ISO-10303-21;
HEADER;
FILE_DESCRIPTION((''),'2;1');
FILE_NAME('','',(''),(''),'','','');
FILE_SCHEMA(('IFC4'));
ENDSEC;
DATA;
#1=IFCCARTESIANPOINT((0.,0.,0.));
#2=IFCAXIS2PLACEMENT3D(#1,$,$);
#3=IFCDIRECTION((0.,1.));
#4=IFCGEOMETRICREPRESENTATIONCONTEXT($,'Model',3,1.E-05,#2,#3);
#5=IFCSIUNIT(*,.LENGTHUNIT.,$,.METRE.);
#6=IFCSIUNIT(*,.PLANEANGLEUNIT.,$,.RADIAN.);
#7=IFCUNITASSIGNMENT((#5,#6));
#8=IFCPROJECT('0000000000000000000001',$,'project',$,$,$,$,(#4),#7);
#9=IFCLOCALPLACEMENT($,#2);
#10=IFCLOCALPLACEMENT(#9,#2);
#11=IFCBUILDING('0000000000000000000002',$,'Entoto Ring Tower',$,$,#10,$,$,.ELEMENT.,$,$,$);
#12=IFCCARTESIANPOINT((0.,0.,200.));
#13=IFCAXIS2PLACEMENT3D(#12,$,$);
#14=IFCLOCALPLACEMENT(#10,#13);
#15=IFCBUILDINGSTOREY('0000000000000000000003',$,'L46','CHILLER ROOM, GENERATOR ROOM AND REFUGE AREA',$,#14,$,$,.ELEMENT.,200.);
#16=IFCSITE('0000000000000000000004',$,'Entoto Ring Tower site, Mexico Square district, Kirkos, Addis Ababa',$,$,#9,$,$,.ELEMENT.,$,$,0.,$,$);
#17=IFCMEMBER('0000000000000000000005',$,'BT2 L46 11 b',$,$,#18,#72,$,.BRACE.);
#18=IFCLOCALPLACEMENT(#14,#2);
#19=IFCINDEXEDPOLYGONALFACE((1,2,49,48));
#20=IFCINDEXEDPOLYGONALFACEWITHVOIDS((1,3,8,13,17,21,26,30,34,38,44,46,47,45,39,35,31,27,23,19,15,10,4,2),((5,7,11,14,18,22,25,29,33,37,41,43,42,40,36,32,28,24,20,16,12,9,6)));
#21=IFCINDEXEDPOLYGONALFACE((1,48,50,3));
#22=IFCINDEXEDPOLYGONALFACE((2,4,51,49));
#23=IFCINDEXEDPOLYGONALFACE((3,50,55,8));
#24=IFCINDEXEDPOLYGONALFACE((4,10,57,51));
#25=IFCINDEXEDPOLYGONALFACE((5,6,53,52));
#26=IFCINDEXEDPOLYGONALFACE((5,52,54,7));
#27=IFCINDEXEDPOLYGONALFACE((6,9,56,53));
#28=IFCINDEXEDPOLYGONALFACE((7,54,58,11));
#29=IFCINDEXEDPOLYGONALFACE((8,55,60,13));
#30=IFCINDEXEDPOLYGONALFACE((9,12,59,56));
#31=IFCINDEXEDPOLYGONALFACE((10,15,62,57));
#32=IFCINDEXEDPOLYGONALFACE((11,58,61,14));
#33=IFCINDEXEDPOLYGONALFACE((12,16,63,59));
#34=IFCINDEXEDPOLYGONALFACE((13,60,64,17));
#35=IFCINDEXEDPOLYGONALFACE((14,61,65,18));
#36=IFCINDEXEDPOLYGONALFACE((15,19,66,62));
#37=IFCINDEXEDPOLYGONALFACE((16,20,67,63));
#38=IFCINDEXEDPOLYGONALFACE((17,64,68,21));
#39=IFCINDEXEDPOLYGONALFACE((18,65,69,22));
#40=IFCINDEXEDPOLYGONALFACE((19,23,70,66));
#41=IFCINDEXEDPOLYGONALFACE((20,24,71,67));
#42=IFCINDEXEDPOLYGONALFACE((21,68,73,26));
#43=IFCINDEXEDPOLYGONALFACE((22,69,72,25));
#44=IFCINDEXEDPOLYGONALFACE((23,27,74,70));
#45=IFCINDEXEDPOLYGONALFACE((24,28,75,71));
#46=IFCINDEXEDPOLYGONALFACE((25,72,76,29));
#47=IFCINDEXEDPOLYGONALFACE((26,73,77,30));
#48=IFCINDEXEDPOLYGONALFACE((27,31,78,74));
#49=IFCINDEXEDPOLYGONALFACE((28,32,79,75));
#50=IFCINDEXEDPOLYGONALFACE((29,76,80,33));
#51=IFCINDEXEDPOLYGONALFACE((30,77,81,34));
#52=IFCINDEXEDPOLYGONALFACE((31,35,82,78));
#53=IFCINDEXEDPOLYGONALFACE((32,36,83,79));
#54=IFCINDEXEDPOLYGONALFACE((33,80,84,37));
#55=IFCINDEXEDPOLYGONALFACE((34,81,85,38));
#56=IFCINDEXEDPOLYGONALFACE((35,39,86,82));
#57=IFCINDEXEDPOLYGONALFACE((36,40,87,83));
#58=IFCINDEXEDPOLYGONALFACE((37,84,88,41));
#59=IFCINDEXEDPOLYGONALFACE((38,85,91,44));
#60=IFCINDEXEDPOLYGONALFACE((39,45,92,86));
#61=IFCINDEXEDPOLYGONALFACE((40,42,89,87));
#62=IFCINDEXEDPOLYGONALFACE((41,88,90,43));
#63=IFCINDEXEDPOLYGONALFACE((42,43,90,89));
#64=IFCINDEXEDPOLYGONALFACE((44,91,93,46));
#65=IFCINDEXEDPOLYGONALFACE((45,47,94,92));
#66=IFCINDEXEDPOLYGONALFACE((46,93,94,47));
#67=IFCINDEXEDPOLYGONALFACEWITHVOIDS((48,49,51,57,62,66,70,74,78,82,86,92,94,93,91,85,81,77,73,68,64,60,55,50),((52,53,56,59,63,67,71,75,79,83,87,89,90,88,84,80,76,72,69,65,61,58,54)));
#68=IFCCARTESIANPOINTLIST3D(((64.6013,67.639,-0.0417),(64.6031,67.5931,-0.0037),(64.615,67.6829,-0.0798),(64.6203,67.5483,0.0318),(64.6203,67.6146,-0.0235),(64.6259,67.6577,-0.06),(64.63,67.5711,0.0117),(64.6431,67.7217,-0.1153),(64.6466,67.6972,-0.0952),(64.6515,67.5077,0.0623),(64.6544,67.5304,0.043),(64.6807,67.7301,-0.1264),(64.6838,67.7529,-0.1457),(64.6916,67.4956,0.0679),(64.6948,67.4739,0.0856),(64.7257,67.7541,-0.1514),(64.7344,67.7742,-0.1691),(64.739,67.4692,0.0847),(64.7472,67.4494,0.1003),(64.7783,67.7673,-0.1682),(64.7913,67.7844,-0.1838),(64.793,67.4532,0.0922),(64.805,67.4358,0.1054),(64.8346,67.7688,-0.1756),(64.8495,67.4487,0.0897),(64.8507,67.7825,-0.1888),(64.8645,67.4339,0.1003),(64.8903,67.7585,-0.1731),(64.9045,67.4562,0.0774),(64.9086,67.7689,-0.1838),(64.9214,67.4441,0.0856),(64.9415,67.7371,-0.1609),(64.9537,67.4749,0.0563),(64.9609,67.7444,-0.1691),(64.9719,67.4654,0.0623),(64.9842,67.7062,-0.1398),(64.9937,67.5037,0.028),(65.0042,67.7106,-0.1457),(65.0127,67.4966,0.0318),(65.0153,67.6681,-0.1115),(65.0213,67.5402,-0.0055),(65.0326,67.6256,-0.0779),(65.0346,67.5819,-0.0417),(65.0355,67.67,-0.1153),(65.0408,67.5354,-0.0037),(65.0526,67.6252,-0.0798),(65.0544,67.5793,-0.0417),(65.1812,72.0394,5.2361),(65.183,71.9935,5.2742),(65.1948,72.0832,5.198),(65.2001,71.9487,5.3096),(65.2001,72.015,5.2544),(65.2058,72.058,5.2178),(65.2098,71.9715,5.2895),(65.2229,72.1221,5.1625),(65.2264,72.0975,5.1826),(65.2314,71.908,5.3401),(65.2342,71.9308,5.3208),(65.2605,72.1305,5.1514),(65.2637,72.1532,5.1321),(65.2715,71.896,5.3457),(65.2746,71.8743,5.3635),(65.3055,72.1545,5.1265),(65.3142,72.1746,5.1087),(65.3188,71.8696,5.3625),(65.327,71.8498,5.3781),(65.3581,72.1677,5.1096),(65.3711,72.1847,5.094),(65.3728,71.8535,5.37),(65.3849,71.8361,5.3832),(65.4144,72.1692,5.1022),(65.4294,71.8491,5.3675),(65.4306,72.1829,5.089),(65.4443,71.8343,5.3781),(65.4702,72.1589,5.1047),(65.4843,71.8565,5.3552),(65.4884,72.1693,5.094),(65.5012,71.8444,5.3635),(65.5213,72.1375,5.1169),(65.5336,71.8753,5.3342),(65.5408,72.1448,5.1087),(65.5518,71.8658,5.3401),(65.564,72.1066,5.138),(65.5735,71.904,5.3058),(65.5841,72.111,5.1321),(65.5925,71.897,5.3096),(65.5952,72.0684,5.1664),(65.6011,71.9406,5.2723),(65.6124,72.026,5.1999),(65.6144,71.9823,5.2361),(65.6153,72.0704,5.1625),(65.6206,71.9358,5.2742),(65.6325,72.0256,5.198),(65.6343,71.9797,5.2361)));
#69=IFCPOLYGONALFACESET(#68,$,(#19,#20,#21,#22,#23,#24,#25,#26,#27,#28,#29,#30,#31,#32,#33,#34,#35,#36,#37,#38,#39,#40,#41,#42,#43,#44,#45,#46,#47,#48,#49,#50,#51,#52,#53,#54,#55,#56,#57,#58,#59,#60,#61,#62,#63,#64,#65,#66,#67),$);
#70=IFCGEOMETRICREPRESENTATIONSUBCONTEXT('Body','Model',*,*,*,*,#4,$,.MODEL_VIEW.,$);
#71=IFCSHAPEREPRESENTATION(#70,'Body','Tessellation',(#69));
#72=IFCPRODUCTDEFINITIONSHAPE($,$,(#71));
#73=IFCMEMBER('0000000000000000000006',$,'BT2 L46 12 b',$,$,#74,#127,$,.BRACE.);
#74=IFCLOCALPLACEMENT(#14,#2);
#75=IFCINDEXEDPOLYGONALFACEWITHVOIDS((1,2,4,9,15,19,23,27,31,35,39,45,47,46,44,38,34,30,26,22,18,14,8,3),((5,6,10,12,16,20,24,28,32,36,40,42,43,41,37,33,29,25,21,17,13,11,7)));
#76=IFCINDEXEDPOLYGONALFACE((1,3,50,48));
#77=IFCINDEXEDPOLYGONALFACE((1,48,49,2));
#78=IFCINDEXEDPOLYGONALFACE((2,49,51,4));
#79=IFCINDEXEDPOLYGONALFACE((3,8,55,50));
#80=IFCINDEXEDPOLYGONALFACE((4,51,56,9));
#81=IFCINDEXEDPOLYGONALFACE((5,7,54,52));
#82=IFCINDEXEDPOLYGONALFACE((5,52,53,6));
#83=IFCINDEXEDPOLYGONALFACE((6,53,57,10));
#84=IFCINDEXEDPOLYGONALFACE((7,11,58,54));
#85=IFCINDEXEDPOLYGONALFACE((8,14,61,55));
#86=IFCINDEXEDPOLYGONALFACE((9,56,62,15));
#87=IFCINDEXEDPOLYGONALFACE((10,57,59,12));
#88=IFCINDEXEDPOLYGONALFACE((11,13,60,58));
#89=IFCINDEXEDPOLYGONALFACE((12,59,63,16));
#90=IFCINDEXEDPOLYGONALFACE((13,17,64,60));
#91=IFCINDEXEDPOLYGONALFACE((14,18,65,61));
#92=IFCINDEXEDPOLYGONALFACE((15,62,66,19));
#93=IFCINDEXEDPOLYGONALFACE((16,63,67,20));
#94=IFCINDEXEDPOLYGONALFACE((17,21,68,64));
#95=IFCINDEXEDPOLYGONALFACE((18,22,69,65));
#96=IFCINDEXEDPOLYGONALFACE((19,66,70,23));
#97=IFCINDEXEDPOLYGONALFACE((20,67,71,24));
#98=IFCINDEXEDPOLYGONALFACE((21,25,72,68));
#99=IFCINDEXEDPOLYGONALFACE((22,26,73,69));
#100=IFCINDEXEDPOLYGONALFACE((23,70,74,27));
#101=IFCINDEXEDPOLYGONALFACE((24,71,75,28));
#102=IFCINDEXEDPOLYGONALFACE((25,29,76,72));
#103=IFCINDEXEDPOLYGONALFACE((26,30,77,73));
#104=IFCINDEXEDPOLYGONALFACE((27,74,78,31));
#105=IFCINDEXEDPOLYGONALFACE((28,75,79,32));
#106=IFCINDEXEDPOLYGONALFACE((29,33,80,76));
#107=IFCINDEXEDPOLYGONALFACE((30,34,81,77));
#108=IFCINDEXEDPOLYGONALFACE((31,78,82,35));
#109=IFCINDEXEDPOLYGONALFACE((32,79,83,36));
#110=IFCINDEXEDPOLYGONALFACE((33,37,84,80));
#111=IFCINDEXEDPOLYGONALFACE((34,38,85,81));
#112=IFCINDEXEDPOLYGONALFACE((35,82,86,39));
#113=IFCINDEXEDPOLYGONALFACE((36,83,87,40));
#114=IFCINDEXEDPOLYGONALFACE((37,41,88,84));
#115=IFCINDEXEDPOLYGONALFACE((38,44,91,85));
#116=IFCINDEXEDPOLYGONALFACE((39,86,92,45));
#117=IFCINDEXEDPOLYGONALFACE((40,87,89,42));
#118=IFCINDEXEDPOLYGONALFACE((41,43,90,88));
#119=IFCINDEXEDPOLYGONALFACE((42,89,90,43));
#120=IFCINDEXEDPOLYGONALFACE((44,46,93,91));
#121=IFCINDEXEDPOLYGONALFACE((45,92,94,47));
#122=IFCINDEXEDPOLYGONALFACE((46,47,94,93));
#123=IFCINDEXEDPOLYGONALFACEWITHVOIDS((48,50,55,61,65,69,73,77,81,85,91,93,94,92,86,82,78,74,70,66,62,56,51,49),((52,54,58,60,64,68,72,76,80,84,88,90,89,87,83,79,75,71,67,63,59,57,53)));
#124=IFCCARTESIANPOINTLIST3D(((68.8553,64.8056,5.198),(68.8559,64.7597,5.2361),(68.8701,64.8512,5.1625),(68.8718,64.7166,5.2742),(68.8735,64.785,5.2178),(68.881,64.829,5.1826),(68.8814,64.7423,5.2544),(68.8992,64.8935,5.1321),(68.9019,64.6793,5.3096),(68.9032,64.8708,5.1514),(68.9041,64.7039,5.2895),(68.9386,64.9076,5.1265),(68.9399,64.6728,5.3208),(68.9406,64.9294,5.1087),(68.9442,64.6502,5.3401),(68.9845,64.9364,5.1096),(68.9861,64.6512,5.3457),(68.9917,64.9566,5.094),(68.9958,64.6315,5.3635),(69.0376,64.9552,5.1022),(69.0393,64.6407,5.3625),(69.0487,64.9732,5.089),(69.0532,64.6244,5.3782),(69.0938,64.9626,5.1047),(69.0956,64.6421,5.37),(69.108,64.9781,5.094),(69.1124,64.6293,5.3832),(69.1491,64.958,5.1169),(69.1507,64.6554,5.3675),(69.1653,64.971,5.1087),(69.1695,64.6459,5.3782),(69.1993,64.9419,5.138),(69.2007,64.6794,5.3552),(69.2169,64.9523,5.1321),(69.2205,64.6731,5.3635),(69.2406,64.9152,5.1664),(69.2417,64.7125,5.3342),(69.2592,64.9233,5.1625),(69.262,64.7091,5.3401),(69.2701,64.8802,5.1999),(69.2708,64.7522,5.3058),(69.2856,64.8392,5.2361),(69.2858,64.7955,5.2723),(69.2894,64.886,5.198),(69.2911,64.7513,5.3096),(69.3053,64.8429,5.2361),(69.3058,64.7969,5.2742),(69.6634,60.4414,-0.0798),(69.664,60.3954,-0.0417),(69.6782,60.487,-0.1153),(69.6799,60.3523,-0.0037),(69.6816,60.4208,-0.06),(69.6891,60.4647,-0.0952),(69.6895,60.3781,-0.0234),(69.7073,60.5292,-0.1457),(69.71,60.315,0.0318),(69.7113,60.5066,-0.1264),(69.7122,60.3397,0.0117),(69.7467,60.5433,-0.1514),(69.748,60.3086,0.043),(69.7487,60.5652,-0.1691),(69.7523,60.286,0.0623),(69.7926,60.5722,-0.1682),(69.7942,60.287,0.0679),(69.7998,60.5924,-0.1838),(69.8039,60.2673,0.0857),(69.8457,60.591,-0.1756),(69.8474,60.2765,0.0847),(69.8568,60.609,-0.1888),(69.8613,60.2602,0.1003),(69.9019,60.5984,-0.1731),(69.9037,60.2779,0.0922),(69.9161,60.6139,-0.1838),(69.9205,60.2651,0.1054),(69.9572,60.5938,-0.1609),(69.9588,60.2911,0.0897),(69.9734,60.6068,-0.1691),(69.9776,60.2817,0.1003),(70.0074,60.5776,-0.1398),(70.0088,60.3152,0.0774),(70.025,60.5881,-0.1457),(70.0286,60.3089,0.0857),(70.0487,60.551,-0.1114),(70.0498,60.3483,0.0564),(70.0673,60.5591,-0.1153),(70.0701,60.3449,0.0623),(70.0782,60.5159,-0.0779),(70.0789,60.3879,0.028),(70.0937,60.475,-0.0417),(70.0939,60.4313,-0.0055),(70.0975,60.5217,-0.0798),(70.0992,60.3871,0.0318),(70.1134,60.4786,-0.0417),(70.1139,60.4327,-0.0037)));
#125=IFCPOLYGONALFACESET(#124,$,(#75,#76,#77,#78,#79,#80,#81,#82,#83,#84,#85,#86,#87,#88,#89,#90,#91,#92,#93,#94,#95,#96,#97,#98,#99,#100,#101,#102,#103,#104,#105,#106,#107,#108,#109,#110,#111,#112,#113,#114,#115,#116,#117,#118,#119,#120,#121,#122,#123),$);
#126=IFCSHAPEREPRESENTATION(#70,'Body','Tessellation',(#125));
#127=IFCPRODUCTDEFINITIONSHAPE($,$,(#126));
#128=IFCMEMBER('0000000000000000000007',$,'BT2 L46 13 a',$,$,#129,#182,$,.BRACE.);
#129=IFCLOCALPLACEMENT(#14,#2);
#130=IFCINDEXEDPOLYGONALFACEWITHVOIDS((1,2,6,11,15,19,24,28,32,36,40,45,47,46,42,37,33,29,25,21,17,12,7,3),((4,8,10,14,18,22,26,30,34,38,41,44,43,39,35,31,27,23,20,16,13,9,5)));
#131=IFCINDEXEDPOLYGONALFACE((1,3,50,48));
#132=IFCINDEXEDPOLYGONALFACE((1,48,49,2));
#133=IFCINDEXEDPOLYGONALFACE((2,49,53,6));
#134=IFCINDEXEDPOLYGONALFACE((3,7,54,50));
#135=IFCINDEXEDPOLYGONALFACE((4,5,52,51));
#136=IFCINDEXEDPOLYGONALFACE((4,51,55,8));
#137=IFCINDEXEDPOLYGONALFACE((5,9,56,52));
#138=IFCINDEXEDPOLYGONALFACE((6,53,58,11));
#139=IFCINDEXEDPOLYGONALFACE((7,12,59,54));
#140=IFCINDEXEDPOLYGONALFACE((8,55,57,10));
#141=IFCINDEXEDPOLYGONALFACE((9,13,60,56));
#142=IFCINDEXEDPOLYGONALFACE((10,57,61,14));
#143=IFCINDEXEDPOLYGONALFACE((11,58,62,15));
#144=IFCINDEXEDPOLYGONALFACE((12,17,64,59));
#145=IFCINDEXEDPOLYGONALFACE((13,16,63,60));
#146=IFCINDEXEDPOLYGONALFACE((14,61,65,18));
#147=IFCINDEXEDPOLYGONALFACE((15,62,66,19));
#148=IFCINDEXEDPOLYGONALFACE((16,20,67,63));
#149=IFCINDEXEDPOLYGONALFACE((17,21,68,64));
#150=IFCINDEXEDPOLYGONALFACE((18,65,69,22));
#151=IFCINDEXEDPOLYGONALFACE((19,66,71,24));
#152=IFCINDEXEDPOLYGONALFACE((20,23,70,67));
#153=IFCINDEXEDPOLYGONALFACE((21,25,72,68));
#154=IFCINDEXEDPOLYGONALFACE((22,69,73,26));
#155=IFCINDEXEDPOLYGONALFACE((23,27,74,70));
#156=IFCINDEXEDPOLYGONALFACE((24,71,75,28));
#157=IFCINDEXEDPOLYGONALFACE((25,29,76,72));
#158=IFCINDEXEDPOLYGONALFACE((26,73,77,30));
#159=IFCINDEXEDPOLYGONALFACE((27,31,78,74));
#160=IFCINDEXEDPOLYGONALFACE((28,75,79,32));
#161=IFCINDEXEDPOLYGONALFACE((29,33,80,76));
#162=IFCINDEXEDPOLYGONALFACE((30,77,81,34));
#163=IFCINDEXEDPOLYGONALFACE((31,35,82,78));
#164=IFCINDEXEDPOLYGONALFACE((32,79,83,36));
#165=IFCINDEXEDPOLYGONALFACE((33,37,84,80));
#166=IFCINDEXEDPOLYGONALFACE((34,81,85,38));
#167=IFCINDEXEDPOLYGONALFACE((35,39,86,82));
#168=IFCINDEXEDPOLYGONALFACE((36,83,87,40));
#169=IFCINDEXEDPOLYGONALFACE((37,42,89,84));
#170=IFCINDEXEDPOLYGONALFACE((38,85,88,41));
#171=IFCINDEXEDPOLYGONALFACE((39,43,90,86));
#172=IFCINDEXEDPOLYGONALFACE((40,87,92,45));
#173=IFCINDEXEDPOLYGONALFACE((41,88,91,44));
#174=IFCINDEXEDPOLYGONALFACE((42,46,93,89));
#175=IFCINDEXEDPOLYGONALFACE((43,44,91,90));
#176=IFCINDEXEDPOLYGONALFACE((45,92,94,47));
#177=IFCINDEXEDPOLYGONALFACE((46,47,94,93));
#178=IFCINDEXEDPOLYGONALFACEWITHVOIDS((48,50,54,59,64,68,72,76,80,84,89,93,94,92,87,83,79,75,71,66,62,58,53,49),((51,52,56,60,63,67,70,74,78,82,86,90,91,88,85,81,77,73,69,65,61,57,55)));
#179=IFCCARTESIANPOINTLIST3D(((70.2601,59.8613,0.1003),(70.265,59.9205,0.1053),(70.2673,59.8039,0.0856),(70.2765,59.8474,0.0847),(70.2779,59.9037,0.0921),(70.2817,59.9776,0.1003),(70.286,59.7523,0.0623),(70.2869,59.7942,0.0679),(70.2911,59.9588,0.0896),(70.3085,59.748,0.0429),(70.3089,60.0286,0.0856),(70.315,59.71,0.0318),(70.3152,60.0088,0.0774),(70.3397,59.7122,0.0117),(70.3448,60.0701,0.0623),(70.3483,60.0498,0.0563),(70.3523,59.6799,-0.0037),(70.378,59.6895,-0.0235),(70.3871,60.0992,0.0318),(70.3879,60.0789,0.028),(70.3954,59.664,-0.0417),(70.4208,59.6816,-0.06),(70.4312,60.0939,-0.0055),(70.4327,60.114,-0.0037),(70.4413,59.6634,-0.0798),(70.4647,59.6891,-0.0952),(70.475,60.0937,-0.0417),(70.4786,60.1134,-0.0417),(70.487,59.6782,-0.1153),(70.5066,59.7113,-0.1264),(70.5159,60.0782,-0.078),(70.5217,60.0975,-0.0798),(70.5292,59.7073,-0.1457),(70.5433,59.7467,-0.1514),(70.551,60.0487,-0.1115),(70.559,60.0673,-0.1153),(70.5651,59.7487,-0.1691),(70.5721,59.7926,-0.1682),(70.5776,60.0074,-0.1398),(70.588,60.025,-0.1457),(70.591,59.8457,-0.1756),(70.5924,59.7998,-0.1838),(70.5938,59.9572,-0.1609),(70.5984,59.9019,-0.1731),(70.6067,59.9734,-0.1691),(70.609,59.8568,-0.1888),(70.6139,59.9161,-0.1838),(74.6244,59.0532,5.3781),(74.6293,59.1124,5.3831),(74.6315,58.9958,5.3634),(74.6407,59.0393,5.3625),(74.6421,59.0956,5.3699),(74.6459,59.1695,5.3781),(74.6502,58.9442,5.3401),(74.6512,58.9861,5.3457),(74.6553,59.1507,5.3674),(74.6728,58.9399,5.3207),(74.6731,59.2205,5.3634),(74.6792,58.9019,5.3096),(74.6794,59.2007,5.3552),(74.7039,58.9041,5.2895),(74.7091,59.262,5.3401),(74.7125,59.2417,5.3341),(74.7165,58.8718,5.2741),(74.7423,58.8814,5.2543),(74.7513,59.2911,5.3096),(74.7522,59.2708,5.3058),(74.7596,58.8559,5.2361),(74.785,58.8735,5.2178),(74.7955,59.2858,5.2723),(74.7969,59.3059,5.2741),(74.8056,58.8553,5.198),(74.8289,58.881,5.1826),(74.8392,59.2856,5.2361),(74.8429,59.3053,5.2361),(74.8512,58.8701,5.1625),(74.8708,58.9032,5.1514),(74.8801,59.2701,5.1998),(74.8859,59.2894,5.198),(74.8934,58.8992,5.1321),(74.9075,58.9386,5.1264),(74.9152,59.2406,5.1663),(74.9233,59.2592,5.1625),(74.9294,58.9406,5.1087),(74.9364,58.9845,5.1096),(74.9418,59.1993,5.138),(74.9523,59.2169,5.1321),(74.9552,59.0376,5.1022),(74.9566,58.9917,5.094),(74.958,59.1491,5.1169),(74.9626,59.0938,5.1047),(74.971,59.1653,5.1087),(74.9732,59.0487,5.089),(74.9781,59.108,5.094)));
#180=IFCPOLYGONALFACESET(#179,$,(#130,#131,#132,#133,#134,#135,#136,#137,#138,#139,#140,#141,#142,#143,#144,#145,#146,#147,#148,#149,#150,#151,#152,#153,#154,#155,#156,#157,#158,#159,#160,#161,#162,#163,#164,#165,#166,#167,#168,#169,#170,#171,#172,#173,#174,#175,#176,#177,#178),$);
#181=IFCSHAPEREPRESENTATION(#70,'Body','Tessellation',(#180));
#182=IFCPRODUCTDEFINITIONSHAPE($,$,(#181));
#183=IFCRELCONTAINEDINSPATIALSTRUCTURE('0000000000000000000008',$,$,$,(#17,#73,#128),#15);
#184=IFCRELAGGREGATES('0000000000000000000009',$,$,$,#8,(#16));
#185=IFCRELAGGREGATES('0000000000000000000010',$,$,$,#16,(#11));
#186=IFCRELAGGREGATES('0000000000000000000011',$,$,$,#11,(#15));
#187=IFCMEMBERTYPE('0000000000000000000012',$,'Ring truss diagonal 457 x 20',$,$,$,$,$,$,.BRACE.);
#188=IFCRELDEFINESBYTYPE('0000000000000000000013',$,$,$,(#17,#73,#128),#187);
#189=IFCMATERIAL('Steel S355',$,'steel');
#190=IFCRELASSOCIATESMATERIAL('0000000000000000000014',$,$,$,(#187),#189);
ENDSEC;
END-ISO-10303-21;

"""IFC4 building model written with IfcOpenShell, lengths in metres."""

from ifc_helpers import new_model, si_unit, direction, frame, origin, origin_2d, place, context, subcontext, project, spatial, circle, hollow_circle, extrude, material, material_profile, profile_set, type_object, element, save


model = new_model("IFC4")

# Units and contexts
model_context = context("Model", 3, precision=1e-05, world=origin(), true_north=direction((0.0, 1.0)))
body_context = subcontext(model_context, "Body", "Model", "MODEL_VIEW")
ifc_project = project(units=[si_unit("LENGTHUNIT", "METRE"), si_unit("PLANEANGLEUNIT", "RADIAN")], contexts=[model_context])

# Site, building, storey
site_placement = place(None, origin())
site = spatial("IfcSite", under=ifc_project, at=site_placement, Name="Entoto Ring Tower site, Mexico Square district, Kirkos, Addis Ababa", CompositionType="ELEMENT", RefElevation=0.0)
building_placement = place(site_placement, origin())
building = spatial("IfcBuilding", under=site, at=building_placement, Name="Entoto Ring Tower", CompositionType="ELEMENT")
storey_placement = place(building_placement, frame((0.0, 0.0, 200.0)))
storey = spatial("IfcBuildingStorey", under=building, at=storey_placement, Name="L46", Description="CHILLER ROOM, GENERATOR ROOM AND REFUGE AREA", CompositionType="ELEMENT", Elevation=200.0)

# Members
ifc_material_1 = material(Name="Steel S355", Category="steel")
ifc_material_profile_1 = material_profile(ifc_material_1, hollow_circle(Radius=0.2285, WallThickness=0.02, at=origin_2d()), Name="CHS 457 x 20")
ifc_material_2 = material(Name="Concrete C60/75", Category="concrete")
ifc_material_profile_2 = material_profile(ifc_material_2, circle(Radius=0.2085, at=origin_2d()), Name="Concrete C60/75 infill")
ifc_profile_set_1 = profile_set([ifc_material_profile_1, ifc_material_profile_2], Name="Steel S355")
member_type_1 = type_object("IfcMemberType", Name="Ring truss diagonal 457 x 20", PredefinedType="BRACE", material=ifc_profile_set_1)
for number, where, z_axis, x_axis, name in (
    (1, (65.4077, 72.0095, 5.2361), (-0.084082, -0.638105, -0.765344), (0.99143, -0.130639, 0.0), "BT2 L46 11 b"),
    (2, (69.0806, 64.8013, 5.2361), (0.117184, -0.632865, -0.765343), (0.983286, 0.18207, 0.0), "BT2 L46 12 b"),
    (3, (70.437, 59.8887, -0.0417), (0.632865, -0.117184, 0.765343), (0.18207, 0.983286, 0.0), "BT2 L46 13 a"),
):
    element("IfcMember", number, at=place(storey_placement, frame(where, z_axis=z_axis, x_axis=x_axis)), inside=storey, type_object=member_type_1, Name=name, PredefinedType="BRACE", context=body_context, shape_type="SweptSolid", body=[
        extrude(hollow_circle(Radius=0.2285, WallThickness=0.02, at=origin_2d()), origin(), (0.0, 0.0, 1.0), 6.896),
    ])

save(model, "model.ifc")
